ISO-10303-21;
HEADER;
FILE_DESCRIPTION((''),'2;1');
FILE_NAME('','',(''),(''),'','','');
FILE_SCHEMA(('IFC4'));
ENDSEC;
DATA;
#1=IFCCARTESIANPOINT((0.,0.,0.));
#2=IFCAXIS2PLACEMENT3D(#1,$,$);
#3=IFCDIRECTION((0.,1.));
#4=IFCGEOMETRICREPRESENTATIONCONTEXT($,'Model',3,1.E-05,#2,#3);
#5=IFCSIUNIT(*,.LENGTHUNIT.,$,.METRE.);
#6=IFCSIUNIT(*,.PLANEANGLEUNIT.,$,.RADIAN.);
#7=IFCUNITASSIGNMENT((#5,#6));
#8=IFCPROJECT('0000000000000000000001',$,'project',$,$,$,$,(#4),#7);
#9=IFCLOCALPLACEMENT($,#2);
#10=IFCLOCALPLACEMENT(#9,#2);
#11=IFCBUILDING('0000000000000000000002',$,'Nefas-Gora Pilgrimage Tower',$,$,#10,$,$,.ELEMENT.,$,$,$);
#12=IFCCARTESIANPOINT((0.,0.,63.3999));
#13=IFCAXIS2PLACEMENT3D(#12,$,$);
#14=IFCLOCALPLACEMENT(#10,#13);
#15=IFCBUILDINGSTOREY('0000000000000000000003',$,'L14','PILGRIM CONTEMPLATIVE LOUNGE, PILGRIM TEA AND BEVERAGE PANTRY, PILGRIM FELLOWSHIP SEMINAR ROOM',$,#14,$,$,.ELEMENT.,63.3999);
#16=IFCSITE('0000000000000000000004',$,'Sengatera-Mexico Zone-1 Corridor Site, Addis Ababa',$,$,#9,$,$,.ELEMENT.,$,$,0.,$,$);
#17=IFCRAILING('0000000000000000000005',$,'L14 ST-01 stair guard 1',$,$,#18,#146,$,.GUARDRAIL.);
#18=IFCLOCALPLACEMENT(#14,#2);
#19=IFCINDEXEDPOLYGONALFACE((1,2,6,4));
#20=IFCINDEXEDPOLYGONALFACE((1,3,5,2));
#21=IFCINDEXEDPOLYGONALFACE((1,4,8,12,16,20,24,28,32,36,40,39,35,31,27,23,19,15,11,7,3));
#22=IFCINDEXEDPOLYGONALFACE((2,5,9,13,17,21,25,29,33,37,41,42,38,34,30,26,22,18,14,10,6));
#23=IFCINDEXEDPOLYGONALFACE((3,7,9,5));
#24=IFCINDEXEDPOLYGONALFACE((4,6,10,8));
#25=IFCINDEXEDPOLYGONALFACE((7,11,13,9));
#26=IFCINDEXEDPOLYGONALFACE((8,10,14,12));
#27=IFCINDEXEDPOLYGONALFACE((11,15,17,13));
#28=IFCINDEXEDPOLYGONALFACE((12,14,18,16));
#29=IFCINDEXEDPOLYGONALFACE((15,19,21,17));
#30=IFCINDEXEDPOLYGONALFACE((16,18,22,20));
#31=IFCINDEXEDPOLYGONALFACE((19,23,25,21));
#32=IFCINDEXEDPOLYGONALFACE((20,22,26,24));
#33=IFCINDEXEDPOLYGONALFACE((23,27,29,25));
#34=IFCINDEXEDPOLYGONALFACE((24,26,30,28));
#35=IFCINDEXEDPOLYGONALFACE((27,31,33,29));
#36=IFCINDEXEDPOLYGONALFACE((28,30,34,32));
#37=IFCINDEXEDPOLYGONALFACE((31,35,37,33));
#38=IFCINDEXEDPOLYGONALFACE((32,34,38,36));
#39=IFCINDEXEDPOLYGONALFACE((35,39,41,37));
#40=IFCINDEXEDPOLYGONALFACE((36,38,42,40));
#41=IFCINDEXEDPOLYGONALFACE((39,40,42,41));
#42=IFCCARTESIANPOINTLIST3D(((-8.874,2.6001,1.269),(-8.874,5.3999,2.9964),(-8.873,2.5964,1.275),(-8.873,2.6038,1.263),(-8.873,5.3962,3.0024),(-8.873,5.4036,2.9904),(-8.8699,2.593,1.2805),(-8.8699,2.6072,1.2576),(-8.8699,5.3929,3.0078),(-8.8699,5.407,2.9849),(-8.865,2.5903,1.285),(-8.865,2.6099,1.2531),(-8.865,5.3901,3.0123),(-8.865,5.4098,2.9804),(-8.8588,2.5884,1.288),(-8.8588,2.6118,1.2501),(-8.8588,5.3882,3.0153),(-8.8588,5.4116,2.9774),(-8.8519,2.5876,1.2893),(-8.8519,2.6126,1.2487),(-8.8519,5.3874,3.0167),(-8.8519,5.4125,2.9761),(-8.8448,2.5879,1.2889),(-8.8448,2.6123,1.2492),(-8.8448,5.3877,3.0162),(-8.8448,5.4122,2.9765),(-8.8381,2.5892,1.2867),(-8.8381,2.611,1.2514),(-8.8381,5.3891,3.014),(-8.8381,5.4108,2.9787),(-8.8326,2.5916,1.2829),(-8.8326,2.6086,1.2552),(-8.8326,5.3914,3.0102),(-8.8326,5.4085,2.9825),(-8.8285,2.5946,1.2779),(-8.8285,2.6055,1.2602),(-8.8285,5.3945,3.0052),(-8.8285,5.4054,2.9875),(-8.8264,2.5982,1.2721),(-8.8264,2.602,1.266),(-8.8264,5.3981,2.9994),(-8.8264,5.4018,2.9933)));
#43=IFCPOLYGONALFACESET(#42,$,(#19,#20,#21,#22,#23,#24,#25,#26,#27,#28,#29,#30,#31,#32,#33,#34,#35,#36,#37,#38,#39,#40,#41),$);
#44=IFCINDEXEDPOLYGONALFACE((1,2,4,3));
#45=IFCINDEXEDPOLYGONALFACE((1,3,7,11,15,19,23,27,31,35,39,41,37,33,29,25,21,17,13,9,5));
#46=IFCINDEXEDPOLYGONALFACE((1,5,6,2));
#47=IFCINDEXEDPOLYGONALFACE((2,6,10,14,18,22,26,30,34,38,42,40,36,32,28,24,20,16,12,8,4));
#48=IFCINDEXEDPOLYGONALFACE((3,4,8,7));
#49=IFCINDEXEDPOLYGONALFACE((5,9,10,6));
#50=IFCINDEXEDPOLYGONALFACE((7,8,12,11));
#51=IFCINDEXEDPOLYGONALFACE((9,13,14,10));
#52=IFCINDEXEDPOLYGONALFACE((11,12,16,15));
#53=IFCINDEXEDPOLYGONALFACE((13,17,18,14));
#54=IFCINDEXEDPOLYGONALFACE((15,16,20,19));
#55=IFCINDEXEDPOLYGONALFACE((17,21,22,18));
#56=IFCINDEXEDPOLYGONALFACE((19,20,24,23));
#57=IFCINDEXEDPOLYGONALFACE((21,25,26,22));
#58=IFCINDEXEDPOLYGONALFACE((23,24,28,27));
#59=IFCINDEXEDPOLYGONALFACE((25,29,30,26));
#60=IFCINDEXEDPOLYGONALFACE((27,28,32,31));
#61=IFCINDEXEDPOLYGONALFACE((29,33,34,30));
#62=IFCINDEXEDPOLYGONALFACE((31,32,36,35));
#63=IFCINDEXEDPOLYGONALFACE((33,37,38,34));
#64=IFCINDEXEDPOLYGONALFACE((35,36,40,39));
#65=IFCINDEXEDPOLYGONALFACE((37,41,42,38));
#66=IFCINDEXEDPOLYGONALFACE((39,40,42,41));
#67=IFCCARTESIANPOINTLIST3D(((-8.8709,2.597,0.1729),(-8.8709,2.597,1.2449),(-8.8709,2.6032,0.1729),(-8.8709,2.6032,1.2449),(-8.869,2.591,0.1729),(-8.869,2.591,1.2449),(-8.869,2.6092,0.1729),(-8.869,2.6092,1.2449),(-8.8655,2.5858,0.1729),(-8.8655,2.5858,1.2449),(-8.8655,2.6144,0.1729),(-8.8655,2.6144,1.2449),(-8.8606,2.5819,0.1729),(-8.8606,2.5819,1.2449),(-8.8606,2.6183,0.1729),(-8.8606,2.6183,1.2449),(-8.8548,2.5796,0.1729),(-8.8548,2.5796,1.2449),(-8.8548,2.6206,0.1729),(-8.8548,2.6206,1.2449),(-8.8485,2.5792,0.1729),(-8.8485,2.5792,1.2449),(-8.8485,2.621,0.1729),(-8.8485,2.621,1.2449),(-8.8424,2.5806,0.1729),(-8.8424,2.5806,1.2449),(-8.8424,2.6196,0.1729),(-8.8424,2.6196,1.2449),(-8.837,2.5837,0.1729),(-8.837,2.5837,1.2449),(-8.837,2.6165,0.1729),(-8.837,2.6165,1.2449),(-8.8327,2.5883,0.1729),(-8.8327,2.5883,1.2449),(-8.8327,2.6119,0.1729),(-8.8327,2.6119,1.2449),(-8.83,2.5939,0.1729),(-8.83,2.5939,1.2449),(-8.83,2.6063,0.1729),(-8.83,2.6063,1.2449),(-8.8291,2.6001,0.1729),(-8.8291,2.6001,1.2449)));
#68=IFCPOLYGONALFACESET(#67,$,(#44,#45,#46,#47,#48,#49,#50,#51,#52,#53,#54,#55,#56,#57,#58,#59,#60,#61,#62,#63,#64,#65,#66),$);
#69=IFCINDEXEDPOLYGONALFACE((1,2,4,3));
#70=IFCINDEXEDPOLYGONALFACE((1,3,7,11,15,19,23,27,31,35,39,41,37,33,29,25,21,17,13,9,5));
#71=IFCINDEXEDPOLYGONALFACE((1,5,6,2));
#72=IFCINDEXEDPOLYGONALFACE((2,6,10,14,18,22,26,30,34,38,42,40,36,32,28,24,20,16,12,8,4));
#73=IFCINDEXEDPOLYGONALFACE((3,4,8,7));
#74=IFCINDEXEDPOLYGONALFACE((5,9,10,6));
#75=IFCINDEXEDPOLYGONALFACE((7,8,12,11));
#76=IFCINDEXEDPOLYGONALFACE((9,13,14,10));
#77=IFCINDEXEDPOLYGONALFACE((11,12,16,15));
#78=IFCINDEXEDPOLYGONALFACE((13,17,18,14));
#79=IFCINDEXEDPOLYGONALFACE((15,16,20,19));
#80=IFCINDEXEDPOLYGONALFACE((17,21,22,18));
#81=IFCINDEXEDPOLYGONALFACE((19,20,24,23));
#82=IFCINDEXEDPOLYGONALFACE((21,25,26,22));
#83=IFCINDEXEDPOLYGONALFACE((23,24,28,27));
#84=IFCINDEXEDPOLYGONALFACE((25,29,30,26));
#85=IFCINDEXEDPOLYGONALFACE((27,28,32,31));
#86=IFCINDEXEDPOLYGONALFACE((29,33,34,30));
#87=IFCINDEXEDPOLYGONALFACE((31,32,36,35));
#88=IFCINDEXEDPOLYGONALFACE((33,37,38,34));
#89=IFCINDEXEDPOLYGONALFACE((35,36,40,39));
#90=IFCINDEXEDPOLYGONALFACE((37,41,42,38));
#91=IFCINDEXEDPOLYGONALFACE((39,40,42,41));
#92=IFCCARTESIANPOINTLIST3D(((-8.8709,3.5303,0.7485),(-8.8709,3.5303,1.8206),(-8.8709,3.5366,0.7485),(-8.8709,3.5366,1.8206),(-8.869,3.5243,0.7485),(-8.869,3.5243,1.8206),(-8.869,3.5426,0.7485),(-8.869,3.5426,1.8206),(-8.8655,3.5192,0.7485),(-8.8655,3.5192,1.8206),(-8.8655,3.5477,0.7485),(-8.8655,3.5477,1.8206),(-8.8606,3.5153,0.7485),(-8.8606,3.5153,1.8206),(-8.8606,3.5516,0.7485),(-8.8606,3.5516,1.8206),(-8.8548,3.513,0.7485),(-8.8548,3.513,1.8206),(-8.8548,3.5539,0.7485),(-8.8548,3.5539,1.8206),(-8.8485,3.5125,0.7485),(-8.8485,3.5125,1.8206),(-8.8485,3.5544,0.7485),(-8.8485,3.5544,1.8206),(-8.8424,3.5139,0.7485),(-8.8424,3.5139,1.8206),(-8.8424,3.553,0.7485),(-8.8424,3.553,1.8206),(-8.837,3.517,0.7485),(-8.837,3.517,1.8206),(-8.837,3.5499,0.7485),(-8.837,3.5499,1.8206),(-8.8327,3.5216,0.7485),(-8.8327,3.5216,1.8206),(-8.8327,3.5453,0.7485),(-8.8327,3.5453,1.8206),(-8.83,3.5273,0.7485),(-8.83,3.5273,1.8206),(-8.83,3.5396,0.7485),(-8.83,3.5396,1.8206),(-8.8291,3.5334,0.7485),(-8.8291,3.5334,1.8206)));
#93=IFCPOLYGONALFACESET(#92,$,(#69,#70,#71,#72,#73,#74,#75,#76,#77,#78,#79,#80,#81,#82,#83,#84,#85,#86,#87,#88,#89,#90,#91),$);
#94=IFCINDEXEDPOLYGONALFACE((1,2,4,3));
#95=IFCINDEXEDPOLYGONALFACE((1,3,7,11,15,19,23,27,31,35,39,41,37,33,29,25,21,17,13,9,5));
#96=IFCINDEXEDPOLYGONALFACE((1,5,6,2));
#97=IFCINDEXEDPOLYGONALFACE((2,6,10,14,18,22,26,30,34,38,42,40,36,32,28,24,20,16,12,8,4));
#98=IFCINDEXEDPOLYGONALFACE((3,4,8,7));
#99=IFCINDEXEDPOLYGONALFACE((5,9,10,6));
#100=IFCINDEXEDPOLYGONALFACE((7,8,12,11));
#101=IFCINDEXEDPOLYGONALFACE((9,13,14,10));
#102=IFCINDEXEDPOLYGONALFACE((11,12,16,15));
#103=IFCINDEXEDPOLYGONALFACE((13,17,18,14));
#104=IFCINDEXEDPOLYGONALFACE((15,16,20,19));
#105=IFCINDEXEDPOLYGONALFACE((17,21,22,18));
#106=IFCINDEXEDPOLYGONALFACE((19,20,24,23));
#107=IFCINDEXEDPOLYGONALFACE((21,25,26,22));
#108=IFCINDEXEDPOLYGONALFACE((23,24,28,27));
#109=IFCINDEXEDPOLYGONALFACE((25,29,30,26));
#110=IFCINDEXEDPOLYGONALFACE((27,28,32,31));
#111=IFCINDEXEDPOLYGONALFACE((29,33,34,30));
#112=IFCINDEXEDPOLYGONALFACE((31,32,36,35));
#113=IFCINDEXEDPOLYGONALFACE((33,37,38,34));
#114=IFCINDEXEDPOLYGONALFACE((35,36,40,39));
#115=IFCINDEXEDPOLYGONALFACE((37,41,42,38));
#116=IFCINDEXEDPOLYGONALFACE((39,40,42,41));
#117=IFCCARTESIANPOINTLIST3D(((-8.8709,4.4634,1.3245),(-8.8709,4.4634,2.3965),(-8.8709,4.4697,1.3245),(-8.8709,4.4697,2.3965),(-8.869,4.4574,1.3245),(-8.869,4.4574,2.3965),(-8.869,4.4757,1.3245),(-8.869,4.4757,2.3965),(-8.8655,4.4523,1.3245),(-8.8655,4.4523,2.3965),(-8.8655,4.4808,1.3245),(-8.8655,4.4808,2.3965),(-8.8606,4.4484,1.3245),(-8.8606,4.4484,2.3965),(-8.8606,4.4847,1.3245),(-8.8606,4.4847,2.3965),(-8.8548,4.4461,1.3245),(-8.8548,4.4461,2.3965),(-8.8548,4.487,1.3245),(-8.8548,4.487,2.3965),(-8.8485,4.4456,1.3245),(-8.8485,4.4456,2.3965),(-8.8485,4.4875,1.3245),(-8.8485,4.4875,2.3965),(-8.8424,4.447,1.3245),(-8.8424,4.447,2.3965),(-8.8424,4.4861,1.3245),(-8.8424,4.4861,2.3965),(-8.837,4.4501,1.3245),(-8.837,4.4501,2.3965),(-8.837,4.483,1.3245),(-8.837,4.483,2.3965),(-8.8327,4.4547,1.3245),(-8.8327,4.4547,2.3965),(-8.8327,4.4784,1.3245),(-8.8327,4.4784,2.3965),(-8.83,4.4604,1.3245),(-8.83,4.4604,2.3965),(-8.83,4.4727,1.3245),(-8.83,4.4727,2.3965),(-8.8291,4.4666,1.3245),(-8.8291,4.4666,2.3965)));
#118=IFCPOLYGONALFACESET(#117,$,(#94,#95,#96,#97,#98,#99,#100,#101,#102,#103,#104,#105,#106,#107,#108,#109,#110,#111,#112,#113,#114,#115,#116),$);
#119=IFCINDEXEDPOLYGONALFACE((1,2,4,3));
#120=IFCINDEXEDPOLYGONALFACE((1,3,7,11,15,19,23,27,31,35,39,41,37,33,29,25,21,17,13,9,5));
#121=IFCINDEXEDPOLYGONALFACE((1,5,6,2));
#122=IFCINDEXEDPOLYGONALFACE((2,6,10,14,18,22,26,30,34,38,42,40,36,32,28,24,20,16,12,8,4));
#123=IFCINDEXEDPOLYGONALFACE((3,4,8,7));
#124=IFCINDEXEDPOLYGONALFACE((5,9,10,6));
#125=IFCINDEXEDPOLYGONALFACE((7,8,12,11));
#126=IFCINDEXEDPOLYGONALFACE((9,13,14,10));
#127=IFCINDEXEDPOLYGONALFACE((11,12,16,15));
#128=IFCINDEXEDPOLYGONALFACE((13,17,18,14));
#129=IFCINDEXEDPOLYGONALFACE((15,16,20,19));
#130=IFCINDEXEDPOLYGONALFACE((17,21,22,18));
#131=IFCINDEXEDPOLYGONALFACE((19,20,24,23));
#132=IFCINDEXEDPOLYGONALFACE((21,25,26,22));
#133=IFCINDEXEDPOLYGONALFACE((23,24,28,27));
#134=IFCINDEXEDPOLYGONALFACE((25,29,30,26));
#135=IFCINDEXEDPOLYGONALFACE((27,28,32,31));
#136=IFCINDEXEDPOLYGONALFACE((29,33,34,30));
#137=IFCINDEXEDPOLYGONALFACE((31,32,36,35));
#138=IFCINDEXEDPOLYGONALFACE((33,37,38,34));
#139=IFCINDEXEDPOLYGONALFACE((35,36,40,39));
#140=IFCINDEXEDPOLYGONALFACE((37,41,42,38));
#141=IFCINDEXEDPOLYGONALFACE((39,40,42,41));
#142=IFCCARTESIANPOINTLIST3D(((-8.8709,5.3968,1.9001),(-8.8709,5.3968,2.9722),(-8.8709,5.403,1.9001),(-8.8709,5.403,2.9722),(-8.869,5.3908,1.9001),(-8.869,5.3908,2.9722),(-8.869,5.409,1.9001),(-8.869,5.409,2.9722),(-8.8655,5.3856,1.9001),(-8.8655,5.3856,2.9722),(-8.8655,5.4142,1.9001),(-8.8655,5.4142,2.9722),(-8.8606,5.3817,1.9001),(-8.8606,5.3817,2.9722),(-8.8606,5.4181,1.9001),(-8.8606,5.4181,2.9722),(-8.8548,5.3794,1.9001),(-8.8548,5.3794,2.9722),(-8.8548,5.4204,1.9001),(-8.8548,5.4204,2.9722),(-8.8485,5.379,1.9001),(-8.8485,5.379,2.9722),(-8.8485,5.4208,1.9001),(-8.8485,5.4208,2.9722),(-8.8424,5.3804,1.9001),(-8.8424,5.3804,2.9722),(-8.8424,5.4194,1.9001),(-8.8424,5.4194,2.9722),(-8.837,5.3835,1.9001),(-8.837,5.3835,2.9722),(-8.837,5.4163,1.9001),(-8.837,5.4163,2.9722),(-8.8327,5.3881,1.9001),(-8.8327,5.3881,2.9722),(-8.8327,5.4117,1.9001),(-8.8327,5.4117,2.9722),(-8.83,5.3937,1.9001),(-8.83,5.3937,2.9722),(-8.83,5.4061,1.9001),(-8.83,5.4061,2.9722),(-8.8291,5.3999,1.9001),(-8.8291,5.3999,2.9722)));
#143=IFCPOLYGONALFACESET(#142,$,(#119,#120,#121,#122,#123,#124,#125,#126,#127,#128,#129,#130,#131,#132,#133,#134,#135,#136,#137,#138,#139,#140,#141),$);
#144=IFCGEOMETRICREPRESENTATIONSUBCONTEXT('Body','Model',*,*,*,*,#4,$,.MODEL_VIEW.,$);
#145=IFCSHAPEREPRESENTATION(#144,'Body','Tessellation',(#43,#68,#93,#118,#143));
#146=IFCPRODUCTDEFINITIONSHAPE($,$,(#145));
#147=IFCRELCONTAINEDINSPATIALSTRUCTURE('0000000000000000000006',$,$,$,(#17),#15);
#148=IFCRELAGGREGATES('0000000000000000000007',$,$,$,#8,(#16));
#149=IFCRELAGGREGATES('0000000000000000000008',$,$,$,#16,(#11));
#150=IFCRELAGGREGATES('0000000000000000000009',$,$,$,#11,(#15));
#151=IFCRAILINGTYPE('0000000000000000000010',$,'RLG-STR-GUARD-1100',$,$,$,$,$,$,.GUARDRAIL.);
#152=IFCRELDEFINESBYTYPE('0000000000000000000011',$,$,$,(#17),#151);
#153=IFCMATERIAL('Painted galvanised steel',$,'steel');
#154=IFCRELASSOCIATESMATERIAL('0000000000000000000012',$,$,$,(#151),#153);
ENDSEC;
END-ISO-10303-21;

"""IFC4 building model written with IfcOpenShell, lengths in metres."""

from ifc_helpers import new_model, si_unit, direction, frame, origin, origin_2d, place, context, subcontext, project, spatial, circle, extrude, material, type_object, element, save


model = new_model("IFC4")

# Units and contexts
model_context = context("Model", 3, precision=1e-05, world=origin(), true_north=direction((0.0, 1.0)))
body_context = subcontext(model_context, "Body", "Model", "MODEL_VIEW")
ifc_project = project(units=[si_unit("LENGTHUNIT", "METRE"), si_unit("PLANEANGLEUNIT", "RADIAN")], contexts=[model_context])

# Site, building, storey
site_placement = place(None, origin())
site = spatial("IfcSite", under=ifc_project, at=site_placement, Name="Sengatera-Mexico Zone-1 Corridor Site, Addis Ababa", CompositionType="ELEMENT", RefElevation=0.0)
building_placement = place(site_placement, origin())
building = spatial("IfcBuilding", under=site, at=building_placement, Name="Nefas-Gora Pilgrimage Tower", CompositionType="ELEMENT")
storey_placement = place(building_placement, frame((0.0, 0.0, 63.3999)))
storey = spatial("IfcBuildingStorey", under=building, at=storey_placement, Name="L14", Description="PILGRIM CONTEMPLATIVE LOUNGE, PILGRIM TEA AND BEVERAGE PANTRY, PILGRIM FELLOWSHIP SEMINAR ROOM", CompositionType="ELEMENT", Elevation=63.3999)

# Railing
ifc_material_1 = material(Name="Painted galvanised steel", Category="steel")
railing_type_1 = type_object("IfcRailingType", Name="RLG-STR-GUARD-1100", PredefinedType="GUARDRAIL", material=ifc_material_1)
railing_1_placement = place(storey_placement, frame((-8.8501, 2.6001, 0.1729)))
element("IfcRailing", 1, at=railing_1_placement, inside=storey, type_object=railing_type_1, Name="L14 ST-01 stair guard 1", PredefinedType="GUARDRAIL", context=body_context, shape_type="SweptSolid", body=[
    extrude(circle(Radius=0.0239, at=origin_2d()), frame((0.0, 0.0, 1.0962), z_axis=(0.0, 0.851069, 0.525054), x_axis=(-1.0, 0.0, 0.0)), (0.0, 0.0, 1.0), 3.2898),
    extrude(circle(Radius=0.021, at=origin_2d()), origin(), (0.0, 0.0, 1.0), 1.072),
    extrude(circle(Radius=0.021, at=origin_2d()), frame((0.0, 0.9333, 0.5757)), (0.0, 0.0, 1.0), 1.072),
    extrude(circle(Radius=0.021, at=origin_2d()), frame((0.0, 1.8665, 1.1516)), (0.0, 0.0, 1.0), 1.072),
    extrude(circle(Radius=0.021, at=origin_2d()), frame((0.0, 2.7998, 1.7273)), (0.0, 0.0, 1.0), 1.072),
])

save(model, "model.ifc")
